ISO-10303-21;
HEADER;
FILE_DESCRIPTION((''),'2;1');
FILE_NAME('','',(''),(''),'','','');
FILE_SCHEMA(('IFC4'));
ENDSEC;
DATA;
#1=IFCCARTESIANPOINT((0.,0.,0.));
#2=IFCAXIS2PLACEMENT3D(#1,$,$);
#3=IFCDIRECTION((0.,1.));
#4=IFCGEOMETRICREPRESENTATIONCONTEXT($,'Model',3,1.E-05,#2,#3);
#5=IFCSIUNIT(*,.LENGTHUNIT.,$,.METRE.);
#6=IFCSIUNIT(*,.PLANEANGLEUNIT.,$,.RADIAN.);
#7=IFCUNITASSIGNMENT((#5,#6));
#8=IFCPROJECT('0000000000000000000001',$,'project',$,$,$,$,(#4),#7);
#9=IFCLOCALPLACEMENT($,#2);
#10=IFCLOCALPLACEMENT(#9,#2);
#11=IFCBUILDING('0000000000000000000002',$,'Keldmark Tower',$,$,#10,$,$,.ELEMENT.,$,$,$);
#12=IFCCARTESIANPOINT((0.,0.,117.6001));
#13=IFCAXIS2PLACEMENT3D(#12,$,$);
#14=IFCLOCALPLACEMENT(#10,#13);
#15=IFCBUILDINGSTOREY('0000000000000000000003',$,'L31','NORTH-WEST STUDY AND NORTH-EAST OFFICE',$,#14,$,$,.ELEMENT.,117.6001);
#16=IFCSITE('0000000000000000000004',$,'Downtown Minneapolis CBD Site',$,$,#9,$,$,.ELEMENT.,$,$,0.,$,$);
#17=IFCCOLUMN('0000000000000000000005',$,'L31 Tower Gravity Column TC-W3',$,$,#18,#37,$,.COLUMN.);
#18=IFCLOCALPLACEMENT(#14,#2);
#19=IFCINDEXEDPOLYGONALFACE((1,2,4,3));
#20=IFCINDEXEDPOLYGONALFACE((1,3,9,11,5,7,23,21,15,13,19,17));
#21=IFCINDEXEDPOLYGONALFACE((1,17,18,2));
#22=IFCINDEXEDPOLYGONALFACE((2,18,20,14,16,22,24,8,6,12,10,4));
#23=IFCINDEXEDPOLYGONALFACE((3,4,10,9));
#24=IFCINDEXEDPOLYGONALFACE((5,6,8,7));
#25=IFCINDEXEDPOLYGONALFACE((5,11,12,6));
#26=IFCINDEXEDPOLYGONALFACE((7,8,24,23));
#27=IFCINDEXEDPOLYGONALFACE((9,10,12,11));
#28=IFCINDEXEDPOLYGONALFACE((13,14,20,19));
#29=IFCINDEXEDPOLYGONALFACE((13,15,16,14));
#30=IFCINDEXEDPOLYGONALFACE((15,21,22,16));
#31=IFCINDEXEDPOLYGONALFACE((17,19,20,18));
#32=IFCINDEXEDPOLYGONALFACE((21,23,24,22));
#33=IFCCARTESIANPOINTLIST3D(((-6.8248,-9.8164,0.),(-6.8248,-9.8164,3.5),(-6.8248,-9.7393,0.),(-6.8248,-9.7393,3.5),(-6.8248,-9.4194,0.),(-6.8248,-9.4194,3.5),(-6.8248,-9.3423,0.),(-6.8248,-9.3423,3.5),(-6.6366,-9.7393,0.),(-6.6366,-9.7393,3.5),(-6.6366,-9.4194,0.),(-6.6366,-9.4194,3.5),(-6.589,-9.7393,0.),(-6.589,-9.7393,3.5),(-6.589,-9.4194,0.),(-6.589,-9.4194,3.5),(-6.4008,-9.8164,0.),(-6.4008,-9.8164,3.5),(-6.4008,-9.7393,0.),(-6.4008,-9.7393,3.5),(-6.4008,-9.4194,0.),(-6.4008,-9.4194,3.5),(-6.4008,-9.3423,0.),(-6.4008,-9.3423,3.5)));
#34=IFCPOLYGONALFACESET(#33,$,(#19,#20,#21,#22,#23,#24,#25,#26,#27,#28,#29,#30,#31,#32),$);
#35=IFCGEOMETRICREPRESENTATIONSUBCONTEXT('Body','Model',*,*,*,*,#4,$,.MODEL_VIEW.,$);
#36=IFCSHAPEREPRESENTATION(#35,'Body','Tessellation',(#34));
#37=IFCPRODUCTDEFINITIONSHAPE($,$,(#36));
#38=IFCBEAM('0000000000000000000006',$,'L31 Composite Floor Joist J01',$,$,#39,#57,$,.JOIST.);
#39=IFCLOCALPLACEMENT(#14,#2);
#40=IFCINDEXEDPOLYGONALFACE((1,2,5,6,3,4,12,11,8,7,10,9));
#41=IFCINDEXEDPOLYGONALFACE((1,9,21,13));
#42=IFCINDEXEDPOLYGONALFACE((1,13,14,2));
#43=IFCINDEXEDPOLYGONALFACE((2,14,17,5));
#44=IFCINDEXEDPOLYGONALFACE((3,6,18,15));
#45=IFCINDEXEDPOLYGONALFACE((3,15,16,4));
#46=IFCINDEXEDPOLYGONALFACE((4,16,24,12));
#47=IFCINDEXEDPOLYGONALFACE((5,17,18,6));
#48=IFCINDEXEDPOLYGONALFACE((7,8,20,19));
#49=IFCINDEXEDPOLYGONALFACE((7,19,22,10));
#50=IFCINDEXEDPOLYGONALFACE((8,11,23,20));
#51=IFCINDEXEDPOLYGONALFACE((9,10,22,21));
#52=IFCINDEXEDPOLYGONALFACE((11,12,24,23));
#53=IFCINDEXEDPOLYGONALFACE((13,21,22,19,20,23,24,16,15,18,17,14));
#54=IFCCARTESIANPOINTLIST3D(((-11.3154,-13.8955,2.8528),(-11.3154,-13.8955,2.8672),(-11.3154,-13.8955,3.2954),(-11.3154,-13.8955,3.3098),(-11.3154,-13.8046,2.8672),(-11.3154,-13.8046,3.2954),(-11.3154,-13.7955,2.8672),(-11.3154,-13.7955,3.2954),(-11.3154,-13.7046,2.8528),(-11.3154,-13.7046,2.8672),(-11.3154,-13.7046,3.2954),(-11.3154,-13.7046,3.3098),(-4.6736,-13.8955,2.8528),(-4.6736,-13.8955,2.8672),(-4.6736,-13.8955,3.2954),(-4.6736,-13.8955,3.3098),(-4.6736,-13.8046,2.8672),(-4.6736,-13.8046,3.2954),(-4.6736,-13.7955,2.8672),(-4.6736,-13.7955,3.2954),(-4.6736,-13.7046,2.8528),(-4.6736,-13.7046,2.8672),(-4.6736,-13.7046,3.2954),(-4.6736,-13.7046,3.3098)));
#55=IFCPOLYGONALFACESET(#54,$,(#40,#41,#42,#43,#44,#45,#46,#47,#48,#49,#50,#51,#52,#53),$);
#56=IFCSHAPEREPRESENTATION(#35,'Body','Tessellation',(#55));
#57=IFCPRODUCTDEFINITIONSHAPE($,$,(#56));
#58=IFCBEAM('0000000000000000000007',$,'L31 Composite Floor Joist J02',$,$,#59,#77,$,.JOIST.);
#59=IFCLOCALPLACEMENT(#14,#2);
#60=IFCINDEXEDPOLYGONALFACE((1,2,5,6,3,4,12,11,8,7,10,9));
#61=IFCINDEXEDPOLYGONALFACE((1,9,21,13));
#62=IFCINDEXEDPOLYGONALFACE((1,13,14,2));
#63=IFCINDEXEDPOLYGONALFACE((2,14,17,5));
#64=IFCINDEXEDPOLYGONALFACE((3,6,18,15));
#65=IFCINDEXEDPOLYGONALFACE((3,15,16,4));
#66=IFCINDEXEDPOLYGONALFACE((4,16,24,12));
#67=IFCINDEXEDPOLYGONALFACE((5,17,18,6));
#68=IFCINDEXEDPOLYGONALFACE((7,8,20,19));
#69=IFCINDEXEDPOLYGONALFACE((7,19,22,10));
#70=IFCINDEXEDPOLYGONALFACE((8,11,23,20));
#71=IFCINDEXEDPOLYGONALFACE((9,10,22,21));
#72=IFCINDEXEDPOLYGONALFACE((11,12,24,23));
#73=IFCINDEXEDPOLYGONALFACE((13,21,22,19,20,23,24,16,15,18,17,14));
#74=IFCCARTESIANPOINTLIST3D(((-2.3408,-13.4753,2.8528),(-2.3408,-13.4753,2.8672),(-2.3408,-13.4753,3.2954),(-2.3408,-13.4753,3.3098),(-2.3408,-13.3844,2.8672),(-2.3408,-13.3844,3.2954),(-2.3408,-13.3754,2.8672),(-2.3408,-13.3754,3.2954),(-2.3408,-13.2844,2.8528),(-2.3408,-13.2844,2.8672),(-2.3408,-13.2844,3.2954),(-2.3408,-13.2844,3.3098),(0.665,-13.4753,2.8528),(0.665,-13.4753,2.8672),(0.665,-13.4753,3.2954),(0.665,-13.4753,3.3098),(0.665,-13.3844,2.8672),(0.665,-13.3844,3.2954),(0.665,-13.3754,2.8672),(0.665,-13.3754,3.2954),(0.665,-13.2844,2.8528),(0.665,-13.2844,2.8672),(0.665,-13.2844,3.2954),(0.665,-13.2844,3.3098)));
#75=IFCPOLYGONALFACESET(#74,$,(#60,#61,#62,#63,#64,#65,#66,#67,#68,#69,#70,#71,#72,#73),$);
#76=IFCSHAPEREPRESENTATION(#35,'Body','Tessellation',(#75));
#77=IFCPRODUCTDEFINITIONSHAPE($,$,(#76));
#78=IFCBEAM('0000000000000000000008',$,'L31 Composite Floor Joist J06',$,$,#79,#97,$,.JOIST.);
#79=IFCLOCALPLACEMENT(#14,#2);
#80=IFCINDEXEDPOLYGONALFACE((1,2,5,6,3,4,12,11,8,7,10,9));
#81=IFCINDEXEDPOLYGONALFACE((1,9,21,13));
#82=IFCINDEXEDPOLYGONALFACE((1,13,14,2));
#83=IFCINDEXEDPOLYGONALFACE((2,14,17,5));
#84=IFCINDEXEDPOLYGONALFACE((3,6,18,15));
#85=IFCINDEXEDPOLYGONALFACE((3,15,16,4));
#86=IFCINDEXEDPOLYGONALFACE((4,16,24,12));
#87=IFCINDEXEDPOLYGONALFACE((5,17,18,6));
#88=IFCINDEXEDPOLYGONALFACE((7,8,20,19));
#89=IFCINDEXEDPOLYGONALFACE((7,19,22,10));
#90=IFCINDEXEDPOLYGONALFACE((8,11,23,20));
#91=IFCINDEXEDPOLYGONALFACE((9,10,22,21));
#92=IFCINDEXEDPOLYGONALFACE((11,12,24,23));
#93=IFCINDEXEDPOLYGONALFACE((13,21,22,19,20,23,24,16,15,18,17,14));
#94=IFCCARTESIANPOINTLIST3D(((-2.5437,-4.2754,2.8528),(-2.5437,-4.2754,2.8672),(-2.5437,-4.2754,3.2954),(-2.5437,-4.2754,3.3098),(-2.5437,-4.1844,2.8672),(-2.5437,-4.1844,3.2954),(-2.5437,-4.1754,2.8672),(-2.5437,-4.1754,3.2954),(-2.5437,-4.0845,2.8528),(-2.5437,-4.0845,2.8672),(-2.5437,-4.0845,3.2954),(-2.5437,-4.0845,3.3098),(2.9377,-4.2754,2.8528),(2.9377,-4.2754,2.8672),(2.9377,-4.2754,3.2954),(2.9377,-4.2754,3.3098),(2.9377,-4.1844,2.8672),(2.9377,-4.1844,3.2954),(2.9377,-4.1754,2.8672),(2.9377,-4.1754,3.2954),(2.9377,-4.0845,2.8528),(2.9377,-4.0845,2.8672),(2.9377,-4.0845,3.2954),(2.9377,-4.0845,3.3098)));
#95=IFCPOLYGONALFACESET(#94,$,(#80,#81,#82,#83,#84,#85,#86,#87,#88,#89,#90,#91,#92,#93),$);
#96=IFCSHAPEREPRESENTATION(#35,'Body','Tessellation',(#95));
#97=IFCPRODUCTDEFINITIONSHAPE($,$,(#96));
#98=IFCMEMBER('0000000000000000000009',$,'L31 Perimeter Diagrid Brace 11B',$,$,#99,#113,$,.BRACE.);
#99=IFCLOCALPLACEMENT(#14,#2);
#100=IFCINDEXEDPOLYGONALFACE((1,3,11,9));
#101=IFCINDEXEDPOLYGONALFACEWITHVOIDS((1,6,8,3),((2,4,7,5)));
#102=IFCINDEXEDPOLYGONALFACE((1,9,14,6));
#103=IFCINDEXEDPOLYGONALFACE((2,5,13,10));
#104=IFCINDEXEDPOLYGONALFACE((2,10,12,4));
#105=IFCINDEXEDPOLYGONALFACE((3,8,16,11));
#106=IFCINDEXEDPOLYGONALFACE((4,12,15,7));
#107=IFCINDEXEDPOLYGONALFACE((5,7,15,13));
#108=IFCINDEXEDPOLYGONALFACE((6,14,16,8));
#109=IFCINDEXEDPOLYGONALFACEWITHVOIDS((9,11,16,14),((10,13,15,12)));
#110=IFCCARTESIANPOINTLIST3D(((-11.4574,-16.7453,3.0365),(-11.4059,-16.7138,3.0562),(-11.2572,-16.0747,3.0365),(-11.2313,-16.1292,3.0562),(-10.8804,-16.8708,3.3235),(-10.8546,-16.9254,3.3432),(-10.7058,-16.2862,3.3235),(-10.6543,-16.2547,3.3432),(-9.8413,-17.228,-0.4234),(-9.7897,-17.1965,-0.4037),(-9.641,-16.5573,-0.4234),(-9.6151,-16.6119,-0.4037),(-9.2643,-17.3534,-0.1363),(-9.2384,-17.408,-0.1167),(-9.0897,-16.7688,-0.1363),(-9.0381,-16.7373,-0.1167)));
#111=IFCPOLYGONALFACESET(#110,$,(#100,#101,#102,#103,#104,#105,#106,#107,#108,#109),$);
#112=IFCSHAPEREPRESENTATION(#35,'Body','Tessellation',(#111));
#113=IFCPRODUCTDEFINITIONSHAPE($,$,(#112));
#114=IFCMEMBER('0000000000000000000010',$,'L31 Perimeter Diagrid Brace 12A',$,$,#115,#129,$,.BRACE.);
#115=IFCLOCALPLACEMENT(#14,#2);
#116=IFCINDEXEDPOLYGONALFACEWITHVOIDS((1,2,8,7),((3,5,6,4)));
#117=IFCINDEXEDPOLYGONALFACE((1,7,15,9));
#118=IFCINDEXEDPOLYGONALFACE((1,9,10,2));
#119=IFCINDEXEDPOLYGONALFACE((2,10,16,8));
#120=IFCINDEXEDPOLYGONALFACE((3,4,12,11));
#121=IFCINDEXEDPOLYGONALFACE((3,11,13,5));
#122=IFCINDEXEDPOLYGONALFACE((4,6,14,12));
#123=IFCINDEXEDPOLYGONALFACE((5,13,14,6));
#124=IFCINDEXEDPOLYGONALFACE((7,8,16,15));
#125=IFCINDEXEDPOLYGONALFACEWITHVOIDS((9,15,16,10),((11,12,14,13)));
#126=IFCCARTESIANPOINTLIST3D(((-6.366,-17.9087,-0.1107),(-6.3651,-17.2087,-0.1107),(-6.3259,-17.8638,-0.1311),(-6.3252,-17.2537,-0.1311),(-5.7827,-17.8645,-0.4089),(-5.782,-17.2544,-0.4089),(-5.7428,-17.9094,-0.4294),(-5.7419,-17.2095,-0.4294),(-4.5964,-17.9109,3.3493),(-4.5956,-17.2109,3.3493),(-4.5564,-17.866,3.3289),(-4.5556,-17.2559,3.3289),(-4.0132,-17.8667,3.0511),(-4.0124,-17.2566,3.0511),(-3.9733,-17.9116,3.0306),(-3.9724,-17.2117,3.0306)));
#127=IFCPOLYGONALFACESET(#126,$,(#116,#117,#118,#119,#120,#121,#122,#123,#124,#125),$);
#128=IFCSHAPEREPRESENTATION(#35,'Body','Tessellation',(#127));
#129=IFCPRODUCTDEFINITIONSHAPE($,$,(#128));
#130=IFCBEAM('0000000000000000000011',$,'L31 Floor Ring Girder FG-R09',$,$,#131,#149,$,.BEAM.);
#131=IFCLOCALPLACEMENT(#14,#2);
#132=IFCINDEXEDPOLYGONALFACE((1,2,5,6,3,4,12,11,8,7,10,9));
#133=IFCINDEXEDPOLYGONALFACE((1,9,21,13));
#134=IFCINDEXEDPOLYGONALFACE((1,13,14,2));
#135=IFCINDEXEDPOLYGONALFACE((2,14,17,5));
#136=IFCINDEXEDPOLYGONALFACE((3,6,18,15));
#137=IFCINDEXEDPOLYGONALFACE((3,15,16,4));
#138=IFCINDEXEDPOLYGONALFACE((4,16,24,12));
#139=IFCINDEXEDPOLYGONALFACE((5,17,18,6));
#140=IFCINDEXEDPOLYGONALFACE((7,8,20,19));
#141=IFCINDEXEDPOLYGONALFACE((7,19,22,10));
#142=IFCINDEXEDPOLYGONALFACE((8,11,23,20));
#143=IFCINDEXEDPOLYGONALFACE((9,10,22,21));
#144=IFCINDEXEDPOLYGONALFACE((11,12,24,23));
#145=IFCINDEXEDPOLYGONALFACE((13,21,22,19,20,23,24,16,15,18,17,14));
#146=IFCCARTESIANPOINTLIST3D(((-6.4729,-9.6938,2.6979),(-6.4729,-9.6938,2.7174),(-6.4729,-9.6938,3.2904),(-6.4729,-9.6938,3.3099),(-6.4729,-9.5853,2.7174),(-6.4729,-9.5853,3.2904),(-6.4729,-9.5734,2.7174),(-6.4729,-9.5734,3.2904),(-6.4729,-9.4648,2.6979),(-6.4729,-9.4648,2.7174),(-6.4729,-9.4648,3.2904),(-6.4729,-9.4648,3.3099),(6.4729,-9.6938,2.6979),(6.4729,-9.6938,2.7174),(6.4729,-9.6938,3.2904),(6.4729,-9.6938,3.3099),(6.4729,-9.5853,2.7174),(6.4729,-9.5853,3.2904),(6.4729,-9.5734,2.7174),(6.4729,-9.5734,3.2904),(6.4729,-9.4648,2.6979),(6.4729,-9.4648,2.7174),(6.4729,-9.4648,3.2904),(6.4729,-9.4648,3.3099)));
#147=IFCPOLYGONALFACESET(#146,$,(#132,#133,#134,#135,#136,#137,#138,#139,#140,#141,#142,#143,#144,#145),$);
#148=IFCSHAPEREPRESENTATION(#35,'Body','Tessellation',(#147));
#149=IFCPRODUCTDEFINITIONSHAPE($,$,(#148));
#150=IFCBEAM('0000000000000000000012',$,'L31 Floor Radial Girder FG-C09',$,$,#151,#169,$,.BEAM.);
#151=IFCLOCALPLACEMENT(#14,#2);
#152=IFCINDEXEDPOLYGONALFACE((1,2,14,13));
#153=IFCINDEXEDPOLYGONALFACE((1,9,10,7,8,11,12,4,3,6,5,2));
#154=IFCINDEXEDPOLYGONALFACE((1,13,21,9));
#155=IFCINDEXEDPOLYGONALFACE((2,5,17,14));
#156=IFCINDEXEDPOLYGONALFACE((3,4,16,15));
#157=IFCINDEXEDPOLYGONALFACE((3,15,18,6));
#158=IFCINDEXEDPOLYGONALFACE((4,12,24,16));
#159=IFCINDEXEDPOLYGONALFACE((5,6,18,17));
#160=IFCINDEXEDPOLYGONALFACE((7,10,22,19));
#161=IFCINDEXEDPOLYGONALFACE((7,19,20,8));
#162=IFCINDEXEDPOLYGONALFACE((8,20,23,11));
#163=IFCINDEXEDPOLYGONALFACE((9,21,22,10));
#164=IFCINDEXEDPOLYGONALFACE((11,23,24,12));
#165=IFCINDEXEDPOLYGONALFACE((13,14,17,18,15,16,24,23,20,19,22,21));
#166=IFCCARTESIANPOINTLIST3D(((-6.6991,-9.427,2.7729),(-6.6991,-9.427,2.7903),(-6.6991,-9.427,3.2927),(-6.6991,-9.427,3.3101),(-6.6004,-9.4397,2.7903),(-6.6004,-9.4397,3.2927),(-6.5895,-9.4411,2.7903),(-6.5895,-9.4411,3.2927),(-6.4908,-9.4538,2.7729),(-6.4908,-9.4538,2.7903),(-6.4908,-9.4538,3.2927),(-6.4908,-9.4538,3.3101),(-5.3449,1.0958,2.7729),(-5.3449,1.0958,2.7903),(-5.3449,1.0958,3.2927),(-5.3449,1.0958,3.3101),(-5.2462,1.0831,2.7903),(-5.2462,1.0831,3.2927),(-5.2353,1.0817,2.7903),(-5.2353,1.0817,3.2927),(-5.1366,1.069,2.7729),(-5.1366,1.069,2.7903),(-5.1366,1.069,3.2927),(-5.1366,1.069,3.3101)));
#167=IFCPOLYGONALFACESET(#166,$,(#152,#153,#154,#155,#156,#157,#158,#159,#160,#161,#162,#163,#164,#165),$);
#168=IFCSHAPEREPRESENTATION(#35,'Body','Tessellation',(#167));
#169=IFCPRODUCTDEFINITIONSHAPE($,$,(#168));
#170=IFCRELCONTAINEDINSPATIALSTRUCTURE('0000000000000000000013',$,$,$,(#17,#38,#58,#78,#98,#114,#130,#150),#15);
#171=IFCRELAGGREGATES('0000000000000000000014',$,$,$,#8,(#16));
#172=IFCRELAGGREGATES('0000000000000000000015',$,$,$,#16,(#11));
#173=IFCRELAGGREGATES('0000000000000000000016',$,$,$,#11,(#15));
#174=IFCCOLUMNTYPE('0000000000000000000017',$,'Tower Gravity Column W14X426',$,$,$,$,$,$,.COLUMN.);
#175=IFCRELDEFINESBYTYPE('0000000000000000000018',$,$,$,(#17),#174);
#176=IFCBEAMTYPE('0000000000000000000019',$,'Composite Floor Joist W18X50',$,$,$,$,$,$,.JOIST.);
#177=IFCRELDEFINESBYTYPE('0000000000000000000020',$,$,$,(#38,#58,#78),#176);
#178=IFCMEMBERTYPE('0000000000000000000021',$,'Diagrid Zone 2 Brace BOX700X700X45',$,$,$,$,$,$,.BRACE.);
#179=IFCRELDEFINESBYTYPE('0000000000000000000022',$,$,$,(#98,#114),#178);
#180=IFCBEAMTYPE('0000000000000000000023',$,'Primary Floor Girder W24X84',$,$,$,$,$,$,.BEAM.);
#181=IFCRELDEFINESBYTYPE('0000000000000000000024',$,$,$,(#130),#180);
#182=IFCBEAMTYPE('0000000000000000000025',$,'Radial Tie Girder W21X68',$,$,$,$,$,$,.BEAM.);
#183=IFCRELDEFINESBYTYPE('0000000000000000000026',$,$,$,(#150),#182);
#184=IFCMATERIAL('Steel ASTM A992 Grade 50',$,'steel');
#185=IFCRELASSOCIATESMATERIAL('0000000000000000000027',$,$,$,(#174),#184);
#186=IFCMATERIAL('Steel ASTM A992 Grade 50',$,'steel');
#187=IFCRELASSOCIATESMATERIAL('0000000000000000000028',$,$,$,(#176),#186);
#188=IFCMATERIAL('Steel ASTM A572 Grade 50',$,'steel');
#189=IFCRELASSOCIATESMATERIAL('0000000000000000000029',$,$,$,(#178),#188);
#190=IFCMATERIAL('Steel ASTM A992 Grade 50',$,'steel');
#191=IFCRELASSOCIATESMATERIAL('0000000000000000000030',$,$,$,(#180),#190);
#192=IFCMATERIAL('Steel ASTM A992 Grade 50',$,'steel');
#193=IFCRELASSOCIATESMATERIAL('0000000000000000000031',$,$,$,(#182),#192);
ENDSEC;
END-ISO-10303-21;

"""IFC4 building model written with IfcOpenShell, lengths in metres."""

from ifc_helpers import new_model, si_unit, direction, frame, origin, origin_2d, place, context, subcontext, project, spatial, hollow_rectangle, i_section, extrude, material, material_profile, profile_set, type_object, element, save


model = new_model("IFC4")

# Units and contexts
model_context = context("Model", 3, precision=1e-05, world=origin(), true_north=direction((0.0, 1.0)))
body_context = subcontext(model_context, "Body", "Model", "MODEL_VIEW")
ifc_project = project(units=[si_unit("LENGTHUNIT", "METRE"), si_unit("PLANEANGLEUNIT", "RADIAN")], contexts=[model_context])

# Site, building, storey
site_placement = place(None, origin())
site = spatial("IfcSite", under=ifc_project, at=site_placement, Name="Downtown Minneapolis CBD Site", CompositionType="ELEMENT", RefElevation=0.0)
building_placement = place(site_placement, origin())
building = spatial("IfcBuilding", under=site, at=building_placement, Name="Keldmark Tower", CompositionType="ELEMENT")
storey_placement = place(building_placement, frame((0.0, 0.0, 117.6001)))
storey = spatial("IfcBuildingStorey", under=building, at=storey_placement, Name="L31", Description="NORTH-WEST STUDY AND NORTH-EAST OFFICE", CompositionType="ELEMENT", Elevation=117.6001)

# Column
ifc_material_1 = material(Name="Steel ASTM A992 Grade 50", Category="steel")
ifc_material_profile_1 = material_profile(ifc_material_1, i_section(OverallWidth=0.4241, OverallDepth=0.4741, WebThickness=0.0476, FlangeThickness=0.0771, at=origin_2d()), Name="W14X426")
ifc_profile_set_1 = profile_set([ifc_material_profile_1], Name="Steel ASTM A992 Grade 50")
column_type = type_object("IfcColumnType", Name="Tower Gravity Column W14X426", PredefinedType="COLUMN", material=ifc_profile_set_1)
column_placement = place(storey_placement, frame((-6.6128, -9.5793, 0.0), z_axis=(0.0, 0.0, 1.0), x_axis=(1.0, 0.0, 0.0)))
element("IfcColumn", 1, at=column_placement, inside=storey, type_object=column_type, Name="L31 Tower Gravity Column TC-W3", PredefinedType="COLUMN", context=body_context, shape_type="SweptSolid", body=[
    extrude(i_section(OverallWidth=0.4241, OverallDepth=0.4741, WebThickness=0.0476, FlangeThickness=0.0771, at=origin_2d()), origin(), (0.0, 0.0, 1.0), 3.5),
])

# Beams
ifc_material_2 = material(Name="Steel ASTM A992 Grade 50", Category="steel")
ifc_material_profile_2 = material_profile(ifc_material_2, i_section(OverallWidth=0.1909, OverallDepth=0.457, WebThickness=0.009, FlangeThickness=0.0144, at=origin_2d()), Name="W18X50")
ifc_profile_set_2 = profile_set([ifc_material_profile_2], Name="Steel ASTM A992 Grade 50")
beam_type_1 = type_object("IfcBeamType", Name="Composite Floor Joist W18X50", PredefinedType="JOIST", material=ifc_profile_set_2)
beam_1_placement = place(storey_placement, frame((-11.3154, -13.8, 3.0813), z_axis=(1.0, 0.0, 0.0), x_axis=(0.0, 1.0, 0.0)))
element("IfcBeam", 2, at=beam_1_placement, inside=storey, type_object=beam_type_1, Name="L31 Composite Floor Joist J01", PredefinedType="JOIST", context=body_context, shape_type="SweptSolid", body=[
    extrude(i_section(OverallWidth=0.1909, OverallDepth=0.457, WebThickness=0.009, FlangeThickness=0.0144, at=origin_2d()), origin(), (0.0, 0.0, 1.0), 6.6418),
])
beam_2_placement = place(storey_placement, frame((-2.3408, -13.3799, 3.0813), z_axis=(1.0, 0.0, 0.0), x_axis=(0.0, 1.0, 0.0)))
element("IfcBeam", 3, at=beam_2_placement, inside=storey, type_object=beam_type_1, Name="L31 Composite Floor Joist J02", PredefinedType="JOIST", context=body_context, shape_type="SweptSolid", body=[
    extrude(i_section(OverallWidth=0.1909, OverallDepth=0.457, WebThickness=0.009, FlangeThickness=0.0144, at=origin_2d()), origin(), (0.0, 0.0, 1.0), 3.0059),
])
beam_3_placement = place(storey_placement, frame((-2.5437, -4.1799, 3.0813), z_axis=(1.0, 0.0, 0.0), x_axis=(0.0, 1.0, 0.0)))
element("IfcBeam", 4, at=beam_3_placement, inside=storey, type_object=beam_type_1, Name="L31 Composite Floor Joist J06", PredefinedType="JOIST", context=body_context, shape_type="SweptSolid", body=[
    extrude(i_section(OverallWidth=0.1909, OverallDepth=0.457, WebThickness=0.009, FlangeThickness=0.0144, at=origin_2d()), origin(), (0.0, 0.0, 1.0), 5.4814),
])

# Members
ifc_material_3 = material(Name="Steel ASTM A572 Grade 50", Category="steel")
ifc_material_profile_3 = material_profile(ifc_material_3, hollow_rectangle(XDim=0.7, YDim=0.7, WallThickness=0.0449, at=origin_2d()), Name="BOX700X700X45")
ifc_profile_set_3 = profile_set([ifc_material_profile_3], Name="Steel ASTM A572 Grade 50")
member_type = type_object("IfcMemberType", Name="Diagrid Zone 2 Brace BOX700X700X45", PredefinedType="BRACE", material=ifc_profile_set_3)
member_1_placement = place(storey_placement, frame((-9.4397, -16.9827, -0.27), z_axis=(-0.419881, 0.125393, 0.898875), x_axis=(-0.286153, -0.958184, 0.0)))
element("IfcMember", 5, at=member_1_placement, inside=storey, type_object=member_type, Name="L31 Perimeter Diagrid Brace 11B", PredefinedType="BRACE", context=body_context, shape_type="SweptSolid", body=[
    extrude(hollow_rectangle(XDim=0.7, YDim=0.7, WallThickness=0.0449, at=origin_2d()), origin(), (0.0, 0.0, 1.0), 3.8491),
])
member_2_placement = place(storey_placement, frame((-6.054, -17.5591, -0.27), z_axis=(0.455337, -0.000565, 0.890319), x_axis=(0.001242, 0.999999, 0.0)))
element("IfcMember", 6, at=member_2_placement, inside=storey, type_object=member_type, Name="L31 Perimeter Diagrid Brace 12A", PredefinedType="BRACE", context=body_context, shape_type="SweptSolid", body=[
    extrude(hollow_rectangle(XDim=0.7, YDim=0.7, WallThickness=0.0449, at=origin_2d()), origin(), (0.0, 0.0, 1.0), 3.8862),
])

# Beams
ifc_material_4 = material(Name="Steel ASTM A992 Grade 50", Category="steel")
ifc_material_profile_4 = material_profile(ifc_material_4, i_section(OverallWidth=0.229, OverallDepth=0.6121, WebThickness=0.012, FlangeThickness=0.0195, at=origin_2d()), Name="W24X84")
ifc_profile_set_4 = profile_set([ifc_material_profile_4], Name="Steel ASTM A992 Grade 50")
beam_type_2 = type_object("IfcBeamType", Name="Primary Floor Girder W24X84", PredefinedType="BEAM", material=ifc_profile_set_4)
beam_4_placement = place(storey_placement, frame((-6.4729, -9.5793, 3.0039), z_axis=(1.0, 0.0, 0.0), x_axis=(0.0, 1.0, 0.0)))
element("IfcBeam", 7, at=beam_4_placement, inside=storey, type_object=beam_type_2, Name="L31 Floor Ring Girder FG-R09", PredefinedType="BEAM", context=body_context, shape_type="SweptSolid", body=[
    extrude(i_section(OverallWidth=0.229, OverallDepth=0.6121, WebThickness=0.012, FlangeThickness=0.0195, at=origin_2d()), origin(), (0.0, 0.0, 1.0), 12.9458),
])
ifc_material_5 = material(Name="Steel ASTM A992 Grade 50", Category="steel")
ifc_material_profile_5 = material_profile(ifc_material_5, i_section(OverallWidth=0.21, OverallDepth=0.5371, WebThickness=0.011, FlangeThickness=0.0173, at=origin_2d()), Name="W21X68")
ifc_profile_set_5 = profile_set([ifc_material_profile_5], Name="Steel ASTM A992 Grade 50")
beam_type_3 = type_object("IfcBeamType", Name="Radial Tie Girder W21X68", PredefinedType="BEAM", material=ifc_profile_set_5)
beam_5_placement = place(storey_placement, frame((-6.595, -9.4404, 3.0415), z_axis=(0.127642, 0.99182, 0.0), x_axis=(-0.99182, 0.127642, 0.0)))
element("IfcBeam", 8, at=beam_5_placement, inside=storey, type_object=beam_type_3, Name="L31 Floor Radial Girder FG-C09", PredefinedType="BEAM", context=body_context, shape_type="SweptSolid", body=[
    extrude(i_section(OverallWidth=0.21, OverallDepth=0.5371, WebThickness=0.011, FlangeThickness=0.0173, at=origin_2d()), origin(), (0.0, 0.0, 1.0), 10.6096),
])

save(model, "model.ifc")
